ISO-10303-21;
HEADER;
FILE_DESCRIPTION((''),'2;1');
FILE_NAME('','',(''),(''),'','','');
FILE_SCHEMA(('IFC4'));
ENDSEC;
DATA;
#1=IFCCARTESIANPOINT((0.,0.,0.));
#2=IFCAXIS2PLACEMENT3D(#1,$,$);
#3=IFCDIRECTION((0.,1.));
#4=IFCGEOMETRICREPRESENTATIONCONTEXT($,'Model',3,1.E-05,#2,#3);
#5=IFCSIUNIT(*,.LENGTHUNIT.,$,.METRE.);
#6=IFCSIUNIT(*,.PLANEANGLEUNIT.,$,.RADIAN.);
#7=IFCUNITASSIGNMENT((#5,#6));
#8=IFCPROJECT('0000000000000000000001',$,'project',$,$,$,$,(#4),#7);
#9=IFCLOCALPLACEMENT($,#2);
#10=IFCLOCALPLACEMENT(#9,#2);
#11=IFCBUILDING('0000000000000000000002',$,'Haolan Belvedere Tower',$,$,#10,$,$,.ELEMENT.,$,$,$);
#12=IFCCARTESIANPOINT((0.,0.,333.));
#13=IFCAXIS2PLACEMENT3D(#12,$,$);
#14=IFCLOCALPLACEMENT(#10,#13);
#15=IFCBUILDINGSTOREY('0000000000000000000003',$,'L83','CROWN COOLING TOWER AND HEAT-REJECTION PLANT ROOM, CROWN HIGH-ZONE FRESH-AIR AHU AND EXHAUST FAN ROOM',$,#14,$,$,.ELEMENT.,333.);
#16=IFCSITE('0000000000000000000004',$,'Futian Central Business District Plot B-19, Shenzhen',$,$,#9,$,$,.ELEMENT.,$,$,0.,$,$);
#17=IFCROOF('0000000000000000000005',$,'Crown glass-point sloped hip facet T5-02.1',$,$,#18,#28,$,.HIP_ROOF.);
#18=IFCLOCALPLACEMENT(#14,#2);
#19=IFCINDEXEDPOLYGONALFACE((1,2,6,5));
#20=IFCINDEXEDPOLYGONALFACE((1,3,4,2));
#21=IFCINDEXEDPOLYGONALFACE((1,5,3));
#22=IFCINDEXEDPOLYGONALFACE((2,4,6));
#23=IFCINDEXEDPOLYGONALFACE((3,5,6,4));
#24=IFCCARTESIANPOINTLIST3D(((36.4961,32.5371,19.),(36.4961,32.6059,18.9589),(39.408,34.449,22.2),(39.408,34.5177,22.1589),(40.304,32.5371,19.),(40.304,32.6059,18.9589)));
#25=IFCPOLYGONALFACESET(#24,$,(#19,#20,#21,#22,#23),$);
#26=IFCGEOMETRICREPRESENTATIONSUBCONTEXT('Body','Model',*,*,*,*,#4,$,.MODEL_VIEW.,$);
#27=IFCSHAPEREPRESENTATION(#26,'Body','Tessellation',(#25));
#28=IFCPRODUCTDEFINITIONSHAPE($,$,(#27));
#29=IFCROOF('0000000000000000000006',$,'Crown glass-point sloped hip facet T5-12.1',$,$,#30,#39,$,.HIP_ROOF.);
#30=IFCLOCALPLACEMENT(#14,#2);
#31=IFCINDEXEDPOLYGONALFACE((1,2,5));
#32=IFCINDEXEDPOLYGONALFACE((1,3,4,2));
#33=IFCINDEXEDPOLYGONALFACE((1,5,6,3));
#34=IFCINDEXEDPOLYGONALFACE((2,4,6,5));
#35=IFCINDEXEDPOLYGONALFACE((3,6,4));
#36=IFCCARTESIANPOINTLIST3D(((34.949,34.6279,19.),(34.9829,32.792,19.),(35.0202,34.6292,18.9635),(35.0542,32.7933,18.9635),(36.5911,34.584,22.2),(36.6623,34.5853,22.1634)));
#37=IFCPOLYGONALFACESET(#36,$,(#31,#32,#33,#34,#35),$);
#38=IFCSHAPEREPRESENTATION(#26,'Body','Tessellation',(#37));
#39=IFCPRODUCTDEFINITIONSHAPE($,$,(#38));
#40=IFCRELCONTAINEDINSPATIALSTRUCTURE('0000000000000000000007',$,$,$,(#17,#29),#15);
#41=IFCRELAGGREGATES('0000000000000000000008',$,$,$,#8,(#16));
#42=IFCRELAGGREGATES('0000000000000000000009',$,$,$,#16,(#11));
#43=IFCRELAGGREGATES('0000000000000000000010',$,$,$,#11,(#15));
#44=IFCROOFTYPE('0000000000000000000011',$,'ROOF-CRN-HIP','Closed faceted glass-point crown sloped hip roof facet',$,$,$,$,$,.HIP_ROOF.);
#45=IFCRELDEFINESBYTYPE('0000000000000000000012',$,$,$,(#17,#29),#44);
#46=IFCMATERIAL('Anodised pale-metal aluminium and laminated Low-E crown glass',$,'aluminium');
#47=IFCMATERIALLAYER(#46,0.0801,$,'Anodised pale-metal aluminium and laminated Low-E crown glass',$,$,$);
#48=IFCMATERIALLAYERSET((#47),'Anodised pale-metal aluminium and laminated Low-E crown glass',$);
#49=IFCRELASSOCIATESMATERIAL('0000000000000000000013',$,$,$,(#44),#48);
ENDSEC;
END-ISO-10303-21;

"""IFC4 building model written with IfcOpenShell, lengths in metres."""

from ifc_helpers import new_model, si_unit, direction, frame, origin, place, context, subcontext, project, spatial, polyline, outline, extrude, material, layer, layer_set, type_object, element, save


model = new_model("IFC4")

# Units and contexts
model_context = context("Model", 3, precision=1e-05, world=origin(), true_north=direction((0.0, 1.0)))
body_context = subcontext(model_context, "Body", "Model", "MODEL_VIEW")
ifc_project = project(units=[si_unit("LENGTHUNIT", "METRE"), si_unit("PLANEANGLEUNIT", "RADIAN")], contexts=[model_context])

# Site, building, storey
site_placement = place(None, origin())
site = spatial("IfcSite", under=ifc_project, at=site_placement, Name="Futian Central Business District Plot B-19, Shenzhen", CompositionType="ELEMENT", RefElevation=0.0)
building_placement = place(site_placement, origin())
building = spatial("IfcBuilding", under=site, at=building_placement, Name="Haolan Belvedere Tower", CompositionType="ELEMENT")
storey_placement = place(building_placement, frame((0.0, 0.0, 333.0)))
storey = spatial("IfcBuildingStorey", under=building, at=storey_placement, Name="L83", Description="CROWN COOLING TOWER AND HEAT-REJECTION PLANT ROOM, CROWN HIGH-ZONE FRESH-AIR AHU AND EXHAUST FAN ROOM", CompositionType="ELEMENT", Elevation=333.0)

# Roofs
ifc_material_1 = material(Name="Anodised pale-metal aluminium and laminated Low-E crown glass", Category="aluminium")
ifc_layer_1 = layer(ifc_material_1, 0.0801, Name="Anodised pale-metal aluminium and laminated Low-E crown glass")
ifc_layer_set_1 = layer_set([ifc_layer_1], Name="Anodised pale-metal aluminium and laminated Low-E crown glass")
roof_type_1 = type_object("IfcRoofType", Name="ROOF-CRN-HIP", Description="Closed faceted glass-point crown sloped hip roof facet", PredefinedType="HIP_ROOF", material=ifc_layer_set_1)
roof_1_placement = place(storey_placement, frame((36.4961, 32.5371, 19.0), z_axis=(0.0, -0.858451, 0.512896), x_axis=(1.0, 0.0, 0.0)))
element("IfcRoof", 1, at=roof_1_placement, inside=storey, type_object=roof_type_1, Name="Crown glass-point sloped hip facet T5-02.1", PredefinedType="HIP_ROOF", context=body_context, shape_type="SweptSolid", body=[
    extrude(outline(polyline([(0.0, 0.0), (3.8079, 0.0), (2.9119, 3.7276), (0.0, 0.0)])), origin(), (0.0, 0.0, -1.0), 0.0801),
])
roof_2_placement = place(storey_placement, frame((34.949, 34.6279, 19.0), z_axis=(-0.889666, -0.016445, 0.456316), x_axis=(0.018481, -0.999829, 0.0)))
element("IfcRoof", 2, at=roof_2_placement, inside=storey, type_object=roof_type_1, Name="Crown glass-point sloped hip facet T5-12.1", PredefinedType="HIP_ROOF", context=body_context, shape_type="SweptSolid", body=[
    extrude(outline(polyline([(0.0, 0.0), (1.8363, 0.0), (0.0743, 3.5962), (0.0, 0.0)])), origin(), (0.0, 0.0, -1.0), 0.0801),
])

save(model, "model.ifc")
